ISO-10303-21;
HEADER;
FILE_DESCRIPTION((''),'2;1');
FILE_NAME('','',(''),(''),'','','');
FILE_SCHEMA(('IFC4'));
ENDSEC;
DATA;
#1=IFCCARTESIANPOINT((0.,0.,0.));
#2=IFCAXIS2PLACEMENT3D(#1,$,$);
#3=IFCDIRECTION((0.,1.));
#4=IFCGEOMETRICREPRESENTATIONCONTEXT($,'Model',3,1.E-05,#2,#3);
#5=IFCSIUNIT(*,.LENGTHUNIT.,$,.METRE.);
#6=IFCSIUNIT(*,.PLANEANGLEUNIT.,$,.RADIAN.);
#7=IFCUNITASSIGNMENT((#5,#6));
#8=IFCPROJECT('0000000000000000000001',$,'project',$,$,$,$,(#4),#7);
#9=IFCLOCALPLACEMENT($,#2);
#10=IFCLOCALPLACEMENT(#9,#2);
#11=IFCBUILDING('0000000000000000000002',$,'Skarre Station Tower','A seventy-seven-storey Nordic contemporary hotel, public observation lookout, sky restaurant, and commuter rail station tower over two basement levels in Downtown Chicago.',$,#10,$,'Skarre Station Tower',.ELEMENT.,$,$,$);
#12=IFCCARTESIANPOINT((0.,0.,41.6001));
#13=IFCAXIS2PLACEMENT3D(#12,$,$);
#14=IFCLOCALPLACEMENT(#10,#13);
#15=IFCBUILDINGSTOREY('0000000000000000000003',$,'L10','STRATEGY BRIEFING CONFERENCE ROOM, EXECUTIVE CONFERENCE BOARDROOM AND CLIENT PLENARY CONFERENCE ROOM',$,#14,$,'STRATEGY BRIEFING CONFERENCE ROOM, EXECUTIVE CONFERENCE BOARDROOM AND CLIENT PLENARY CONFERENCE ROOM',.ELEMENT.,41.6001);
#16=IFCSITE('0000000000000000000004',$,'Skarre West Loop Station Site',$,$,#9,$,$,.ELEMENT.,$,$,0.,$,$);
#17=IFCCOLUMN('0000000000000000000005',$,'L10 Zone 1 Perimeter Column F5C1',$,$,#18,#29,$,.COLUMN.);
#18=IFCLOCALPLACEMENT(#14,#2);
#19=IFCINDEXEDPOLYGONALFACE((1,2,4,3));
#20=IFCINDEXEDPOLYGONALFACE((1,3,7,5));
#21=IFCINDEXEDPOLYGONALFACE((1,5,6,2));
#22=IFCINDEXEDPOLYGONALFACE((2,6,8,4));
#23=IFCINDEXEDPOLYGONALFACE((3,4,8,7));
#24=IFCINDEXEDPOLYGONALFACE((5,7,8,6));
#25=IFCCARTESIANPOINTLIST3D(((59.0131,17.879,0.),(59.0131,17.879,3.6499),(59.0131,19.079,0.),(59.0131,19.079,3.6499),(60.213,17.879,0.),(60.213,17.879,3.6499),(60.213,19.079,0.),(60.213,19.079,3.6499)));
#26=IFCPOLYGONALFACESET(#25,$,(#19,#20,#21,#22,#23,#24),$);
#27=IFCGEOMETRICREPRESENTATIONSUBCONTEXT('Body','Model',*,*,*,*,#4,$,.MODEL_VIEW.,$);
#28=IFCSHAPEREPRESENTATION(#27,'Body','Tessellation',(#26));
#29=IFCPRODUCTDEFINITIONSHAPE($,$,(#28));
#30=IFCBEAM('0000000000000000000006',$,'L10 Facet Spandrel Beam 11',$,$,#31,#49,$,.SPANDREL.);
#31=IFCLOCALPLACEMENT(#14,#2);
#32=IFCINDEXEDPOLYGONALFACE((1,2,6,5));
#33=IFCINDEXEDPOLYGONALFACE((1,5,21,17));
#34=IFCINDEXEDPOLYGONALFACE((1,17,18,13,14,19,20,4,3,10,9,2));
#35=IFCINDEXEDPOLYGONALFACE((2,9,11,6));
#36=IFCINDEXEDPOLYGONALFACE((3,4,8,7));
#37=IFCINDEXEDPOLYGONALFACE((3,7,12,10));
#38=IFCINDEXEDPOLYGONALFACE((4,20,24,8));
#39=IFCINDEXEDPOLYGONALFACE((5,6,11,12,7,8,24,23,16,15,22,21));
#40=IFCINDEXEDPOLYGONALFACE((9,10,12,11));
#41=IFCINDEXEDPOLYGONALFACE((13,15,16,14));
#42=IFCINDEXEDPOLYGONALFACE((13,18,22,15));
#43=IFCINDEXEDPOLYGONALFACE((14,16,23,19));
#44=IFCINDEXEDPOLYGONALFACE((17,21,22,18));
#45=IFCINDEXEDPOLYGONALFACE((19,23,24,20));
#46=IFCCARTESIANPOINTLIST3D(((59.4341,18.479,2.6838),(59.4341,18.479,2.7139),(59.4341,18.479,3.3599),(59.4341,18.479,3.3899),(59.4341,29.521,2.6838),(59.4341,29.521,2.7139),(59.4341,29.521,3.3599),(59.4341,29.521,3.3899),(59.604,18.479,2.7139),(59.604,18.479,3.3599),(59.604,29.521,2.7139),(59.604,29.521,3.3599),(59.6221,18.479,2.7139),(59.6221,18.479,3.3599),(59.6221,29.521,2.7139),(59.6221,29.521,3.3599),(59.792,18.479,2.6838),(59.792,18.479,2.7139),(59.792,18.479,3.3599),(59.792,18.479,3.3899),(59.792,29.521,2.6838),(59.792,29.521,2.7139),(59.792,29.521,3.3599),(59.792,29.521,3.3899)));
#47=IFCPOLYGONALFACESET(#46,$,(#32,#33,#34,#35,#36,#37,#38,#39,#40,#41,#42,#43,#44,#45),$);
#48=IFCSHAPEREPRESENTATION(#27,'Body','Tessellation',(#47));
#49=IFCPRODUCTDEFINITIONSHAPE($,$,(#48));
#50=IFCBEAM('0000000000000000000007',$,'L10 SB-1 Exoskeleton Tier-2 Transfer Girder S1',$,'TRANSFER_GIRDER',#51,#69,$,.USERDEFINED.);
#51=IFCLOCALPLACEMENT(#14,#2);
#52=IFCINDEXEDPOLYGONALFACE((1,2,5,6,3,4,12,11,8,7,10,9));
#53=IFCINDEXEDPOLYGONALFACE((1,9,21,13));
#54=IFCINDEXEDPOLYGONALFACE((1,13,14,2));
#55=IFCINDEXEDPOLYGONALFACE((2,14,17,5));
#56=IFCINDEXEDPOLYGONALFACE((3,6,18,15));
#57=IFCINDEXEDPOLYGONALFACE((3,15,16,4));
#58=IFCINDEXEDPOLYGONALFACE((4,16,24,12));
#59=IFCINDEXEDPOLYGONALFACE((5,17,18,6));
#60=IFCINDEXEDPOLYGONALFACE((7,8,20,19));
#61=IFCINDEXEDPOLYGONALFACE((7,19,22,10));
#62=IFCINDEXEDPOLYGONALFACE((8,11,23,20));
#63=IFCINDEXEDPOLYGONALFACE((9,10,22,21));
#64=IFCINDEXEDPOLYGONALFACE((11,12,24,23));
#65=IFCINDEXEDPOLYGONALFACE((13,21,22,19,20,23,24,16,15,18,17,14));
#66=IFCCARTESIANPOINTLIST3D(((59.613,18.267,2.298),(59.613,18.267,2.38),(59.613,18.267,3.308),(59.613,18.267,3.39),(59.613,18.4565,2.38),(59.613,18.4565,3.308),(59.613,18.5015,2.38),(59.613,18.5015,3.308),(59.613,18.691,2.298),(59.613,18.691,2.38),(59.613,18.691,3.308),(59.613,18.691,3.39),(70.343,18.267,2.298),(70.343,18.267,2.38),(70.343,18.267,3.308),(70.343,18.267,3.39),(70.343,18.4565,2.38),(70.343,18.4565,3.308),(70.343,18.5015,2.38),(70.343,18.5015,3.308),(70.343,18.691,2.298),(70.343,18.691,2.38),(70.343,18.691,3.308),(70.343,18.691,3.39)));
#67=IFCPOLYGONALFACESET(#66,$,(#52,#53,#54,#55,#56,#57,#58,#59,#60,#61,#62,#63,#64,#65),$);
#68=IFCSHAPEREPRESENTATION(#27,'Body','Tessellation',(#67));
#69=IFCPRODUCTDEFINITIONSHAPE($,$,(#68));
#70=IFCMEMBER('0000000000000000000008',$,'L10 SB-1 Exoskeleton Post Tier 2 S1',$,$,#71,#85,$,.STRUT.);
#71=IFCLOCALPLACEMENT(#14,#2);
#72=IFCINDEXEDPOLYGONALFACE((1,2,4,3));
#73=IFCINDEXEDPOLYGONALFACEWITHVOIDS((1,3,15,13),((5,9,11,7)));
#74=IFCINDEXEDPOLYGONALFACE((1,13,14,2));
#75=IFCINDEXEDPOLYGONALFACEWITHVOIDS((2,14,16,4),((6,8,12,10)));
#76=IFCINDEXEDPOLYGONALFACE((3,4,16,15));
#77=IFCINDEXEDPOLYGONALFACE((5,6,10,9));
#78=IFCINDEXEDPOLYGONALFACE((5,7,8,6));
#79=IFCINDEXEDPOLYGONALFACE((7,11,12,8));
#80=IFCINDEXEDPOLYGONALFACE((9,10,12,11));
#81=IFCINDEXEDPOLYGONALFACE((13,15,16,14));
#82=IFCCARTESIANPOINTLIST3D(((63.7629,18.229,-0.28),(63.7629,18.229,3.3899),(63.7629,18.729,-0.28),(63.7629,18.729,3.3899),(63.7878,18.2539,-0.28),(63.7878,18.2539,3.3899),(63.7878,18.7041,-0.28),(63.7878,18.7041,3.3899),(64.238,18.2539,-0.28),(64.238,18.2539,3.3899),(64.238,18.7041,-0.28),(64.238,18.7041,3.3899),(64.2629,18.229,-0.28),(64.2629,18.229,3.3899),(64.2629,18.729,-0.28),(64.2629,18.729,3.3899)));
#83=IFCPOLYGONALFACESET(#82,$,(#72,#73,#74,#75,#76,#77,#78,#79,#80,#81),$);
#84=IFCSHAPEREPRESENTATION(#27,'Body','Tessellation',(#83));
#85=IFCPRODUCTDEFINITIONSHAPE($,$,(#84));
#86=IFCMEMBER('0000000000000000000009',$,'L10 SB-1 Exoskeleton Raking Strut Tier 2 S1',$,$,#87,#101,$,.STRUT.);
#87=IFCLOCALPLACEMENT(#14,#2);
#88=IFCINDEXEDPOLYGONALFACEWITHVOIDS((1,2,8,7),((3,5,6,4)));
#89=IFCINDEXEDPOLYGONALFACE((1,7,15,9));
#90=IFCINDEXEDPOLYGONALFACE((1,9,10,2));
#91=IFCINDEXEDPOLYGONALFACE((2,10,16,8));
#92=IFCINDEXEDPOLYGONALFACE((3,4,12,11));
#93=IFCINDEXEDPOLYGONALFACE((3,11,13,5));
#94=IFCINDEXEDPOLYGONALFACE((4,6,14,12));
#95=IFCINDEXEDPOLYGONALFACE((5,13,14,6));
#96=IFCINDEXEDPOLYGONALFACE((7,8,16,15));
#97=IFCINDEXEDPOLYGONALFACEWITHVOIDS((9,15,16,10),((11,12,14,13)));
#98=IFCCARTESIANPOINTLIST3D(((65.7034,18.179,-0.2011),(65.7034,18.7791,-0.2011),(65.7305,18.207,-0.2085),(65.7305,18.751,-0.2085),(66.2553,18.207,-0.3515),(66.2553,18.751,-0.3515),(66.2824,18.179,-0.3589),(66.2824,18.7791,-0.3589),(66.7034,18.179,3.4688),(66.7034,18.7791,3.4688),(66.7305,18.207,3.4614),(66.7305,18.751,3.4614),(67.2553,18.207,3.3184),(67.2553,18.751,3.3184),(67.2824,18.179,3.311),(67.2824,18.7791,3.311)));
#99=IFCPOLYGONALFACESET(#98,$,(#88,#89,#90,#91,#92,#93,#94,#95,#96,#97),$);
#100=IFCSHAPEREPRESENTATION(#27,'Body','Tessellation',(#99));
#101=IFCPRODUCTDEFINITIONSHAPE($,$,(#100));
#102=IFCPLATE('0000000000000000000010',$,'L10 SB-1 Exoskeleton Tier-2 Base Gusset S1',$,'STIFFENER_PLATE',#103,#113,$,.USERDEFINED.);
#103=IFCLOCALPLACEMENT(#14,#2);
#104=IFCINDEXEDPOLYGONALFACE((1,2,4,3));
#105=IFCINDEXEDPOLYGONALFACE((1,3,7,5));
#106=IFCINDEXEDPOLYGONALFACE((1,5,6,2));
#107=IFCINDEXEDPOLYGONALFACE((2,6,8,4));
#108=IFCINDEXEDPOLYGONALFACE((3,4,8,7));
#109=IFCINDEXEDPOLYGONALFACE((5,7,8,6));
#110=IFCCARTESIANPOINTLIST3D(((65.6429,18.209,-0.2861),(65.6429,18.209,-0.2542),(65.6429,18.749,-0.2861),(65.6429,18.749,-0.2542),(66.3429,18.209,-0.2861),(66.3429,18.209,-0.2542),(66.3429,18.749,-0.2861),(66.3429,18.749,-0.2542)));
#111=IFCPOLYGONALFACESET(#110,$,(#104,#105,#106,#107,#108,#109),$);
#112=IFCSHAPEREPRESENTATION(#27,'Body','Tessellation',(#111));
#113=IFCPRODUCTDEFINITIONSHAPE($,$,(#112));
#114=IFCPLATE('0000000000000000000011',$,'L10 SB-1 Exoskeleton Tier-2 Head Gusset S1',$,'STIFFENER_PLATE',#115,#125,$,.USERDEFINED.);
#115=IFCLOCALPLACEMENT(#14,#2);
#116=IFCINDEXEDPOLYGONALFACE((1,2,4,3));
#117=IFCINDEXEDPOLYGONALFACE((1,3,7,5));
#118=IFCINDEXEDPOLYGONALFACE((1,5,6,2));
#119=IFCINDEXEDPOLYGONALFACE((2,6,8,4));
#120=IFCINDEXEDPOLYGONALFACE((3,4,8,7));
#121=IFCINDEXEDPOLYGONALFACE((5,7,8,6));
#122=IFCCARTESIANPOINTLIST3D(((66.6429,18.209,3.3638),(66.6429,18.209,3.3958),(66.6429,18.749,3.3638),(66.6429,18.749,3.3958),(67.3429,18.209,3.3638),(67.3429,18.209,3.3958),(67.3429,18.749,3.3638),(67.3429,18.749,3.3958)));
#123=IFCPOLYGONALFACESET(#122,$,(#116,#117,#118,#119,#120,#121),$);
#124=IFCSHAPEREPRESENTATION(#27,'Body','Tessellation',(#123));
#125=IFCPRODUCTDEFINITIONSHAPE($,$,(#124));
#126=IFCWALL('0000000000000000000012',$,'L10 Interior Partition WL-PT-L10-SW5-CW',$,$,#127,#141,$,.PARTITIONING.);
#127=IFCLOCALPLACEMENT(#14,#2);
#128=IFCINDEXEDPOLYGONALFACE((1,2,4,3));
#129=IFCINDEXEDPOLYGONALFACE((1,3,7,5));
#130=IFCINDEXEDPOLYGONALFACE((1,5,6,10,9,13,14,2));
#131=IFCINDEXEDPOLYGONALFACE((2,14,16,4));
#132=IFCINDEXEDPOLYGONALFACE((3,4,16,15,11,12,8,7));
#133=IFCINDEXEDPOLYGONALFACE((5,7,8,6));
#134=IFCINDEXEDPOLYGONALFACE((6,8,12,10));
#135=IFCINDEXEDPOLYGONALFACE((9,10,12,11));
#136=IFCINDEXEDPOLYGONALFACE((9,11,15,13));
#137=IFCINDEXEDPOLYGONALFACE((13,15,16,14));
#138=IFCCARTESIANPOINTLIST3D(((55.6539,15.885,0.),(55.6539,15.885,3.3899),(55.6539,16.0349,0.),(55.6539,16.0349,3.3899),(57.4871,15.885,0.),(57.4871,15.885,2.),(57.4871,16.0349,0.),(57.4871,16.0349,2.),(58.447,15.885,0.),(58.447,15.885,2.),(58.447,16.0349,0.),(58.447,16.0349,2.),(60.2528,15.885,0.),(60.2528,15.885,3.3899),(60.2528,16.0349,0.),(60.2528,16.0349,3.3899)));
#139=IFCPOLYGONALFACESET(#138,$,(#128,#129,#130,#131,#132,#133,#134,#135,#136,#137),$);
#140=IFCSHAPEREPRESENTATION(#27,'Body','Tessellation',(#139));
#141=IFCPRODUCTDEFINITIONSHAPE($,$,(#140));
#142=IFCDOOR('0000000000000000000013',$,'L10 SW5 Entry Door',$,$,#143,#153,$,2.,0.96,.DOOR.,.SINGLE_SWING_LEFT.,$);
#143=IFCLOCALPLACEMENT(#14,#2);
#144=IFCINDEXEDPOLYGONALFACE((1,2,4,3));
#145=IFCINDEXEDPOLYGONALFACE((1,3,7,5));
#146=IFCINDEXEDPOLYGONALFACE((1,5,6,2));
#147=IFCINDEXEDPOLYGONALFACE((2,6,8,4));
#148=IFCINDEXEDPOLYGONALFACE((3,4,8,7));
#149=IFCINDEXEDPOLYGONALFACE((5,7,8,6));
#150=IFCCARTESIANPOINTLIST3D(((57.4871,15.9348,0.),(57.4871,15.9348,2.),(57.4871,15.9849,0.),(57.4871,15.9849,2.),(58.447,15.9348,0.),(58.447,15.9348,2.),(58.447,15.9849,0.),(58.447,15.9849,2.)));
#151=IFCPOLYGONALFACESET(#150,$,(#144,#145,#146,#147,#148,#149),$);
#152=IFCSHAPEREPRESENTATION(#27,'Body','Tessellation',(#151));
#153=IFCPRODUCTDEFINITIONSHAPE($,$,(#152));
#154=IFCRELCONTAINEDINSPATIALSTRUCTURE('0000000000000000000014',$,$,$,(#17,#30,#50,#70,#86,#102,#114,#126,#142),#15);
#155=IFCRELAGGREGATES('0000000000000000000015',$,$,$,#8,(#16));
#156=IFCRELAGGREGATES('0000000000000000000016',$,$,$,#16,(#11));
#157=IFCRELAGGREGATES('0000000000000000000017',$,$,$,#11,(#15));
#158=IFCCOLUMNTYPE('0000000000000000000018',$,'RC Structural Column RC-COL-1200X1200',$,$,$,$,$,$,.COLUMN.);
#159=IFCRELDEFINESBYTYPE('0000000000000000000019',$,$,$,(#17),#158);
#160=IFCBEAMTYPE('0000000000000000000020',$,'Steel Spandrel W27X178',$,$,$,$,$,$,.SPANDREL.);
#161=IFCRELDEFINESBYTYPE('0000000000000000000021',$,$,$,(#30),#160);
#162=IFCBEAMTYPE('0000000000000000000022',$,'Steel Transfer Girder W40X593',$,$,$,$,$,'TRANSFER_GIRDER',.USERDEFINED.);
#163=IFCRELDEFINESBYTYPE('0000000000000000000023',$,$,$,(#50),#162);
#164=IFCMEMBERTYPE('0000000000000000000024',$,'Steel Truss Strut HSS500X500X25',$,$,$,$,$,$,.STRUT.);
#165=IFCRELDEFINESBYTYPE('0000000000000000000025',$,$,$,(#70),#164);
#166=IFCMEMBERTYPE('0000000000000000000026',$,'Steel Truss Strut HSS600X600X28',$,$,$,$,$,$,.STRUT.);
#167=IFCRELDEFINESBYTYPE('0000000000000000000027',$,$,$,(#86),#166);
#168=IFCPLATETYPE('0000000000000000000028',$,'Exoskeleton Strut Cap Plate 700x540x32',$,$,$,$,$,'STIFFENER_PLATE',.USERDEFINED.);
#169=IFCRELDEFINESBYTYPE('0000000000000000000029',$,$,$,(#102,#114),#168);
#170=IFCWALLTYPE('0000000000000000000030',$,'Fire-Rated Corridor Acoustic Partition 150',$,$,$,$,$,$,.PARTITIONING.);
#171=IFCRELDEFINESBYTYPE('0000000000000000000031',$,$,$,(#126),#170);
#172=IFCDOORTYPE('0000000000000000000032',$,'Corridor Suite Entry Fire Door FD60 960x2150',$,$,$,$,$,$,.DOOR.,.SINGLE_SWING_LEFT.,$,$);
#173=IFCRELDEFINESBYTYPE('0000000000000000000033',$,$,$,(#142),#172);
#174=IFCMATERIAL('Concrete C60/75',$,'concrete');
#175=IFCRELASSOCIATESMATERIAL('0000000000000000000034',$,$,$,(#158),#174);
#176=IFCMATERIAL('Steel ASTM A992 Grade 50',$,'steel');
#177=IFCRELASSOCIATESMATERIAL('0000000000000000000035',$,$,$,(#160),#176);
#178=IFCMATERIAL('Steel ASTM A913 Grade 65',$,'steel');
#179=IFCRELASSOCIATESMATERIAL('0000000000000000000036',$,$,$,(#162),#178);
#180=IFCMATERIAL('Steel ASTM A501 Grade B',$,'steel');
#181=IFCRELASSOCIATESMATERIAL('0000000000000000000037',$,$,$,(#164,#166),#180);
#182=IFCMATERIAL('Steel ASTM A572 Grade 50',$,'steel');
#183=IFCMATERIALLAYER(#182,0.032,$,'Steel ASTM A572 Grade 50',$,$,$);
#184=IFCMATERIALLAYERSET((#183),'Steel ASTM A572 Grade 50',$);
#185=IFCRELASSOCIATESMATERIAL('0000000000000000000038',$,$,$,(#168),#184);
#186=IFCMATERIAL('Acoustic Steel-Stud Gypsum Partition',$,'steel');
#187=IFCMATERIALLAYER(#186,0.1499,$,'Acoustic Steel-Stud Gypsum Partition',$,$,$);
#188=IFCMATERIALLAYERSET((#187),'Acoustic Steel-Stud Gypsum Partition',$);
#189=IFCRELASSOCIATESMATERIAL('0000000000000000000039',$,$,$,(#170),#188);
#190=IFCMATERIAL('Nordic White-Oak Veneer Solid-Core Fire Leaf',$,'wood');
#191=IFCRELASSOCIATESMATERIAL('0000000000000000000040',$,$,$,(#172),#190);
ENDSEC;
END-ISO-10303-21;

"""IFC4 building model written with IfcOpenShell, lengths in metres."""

from ifc_helpers import new_model, si_unit, direction, frame, frame_2d, origin, origin_2d, place, context, subcontext, project, spatial, rectangle, hollow_rectangle, i_section, extrude, material, layer, layer_set, material_profile, profile_set, type_object, element, fill, save


model = new_model("IFC4")

# Units and contexts
model_context = context("Model", 3, precision=1e-05, world=origin(), true_north=direction((0.0, 1.0)))
body_context = subcontext(model_context, "Body", "Model", "MODEL_VIEW")
ifc_project = project(units=[si_unit("LENGTHUNIT", "METRE"), si_unit("PLANEANGLEUNIT", "RADIAN")], contexts=[model_context])

# Site, building, storey
site_placement = place(None, origin())
site = spatial("IfcSite", under=ifc_project, at=site_placement, Name="Skarre West Loop Station Site", CompositionType="ELEMENT", RefElevation=0.0)
building_placement = place(site_placement, origin())
building = spatial("IfcBuilding", under=site, at=building_placement, Name="Skarre Station Tower", Description="A seventy-seven-storey Nordic contemporary hotel, public observation lookout, sky restaurant, and commuter rail station tower over two basement levels in Downtown Chicago.", LongName="Skarre Station Tower", CompositionType="ELEMENT")
storey_placement = place(building_placement, frame((0.0, 0.0, 41.6001)))
storey = spatial("IfcBuildingStorey", under=building, at=storey_placement, Name="L10", Description="STRATEGY BRIEFING CONFERENCE ROOM, EXECUTIVE CONFERENCE BOARDROOM AND CLIENT PLENARY CONFERENCE ROOM", LongName="STRATEGY BRIEFING CONFERENCE ROOM, EXECUTIVE CONFERENCE BOARDROOM AND CLIENT PLENARY CONFERENCE ROOM", CompositionType="ELEMENT", Elevation=41.6001)

# Column
ifc_material_1 = material(Name="Concrete C60/75", Category="concrete")
ifc_material_profile_1 = material_profile(ifc_material_1, rectangle(XDim=1.2, YDim=1.2, at=origin_2d()), Name="Concrete C60/75")
ifc_profile_set_1 = profile_set([ifc_material_profile_1], Name="Concrete C60/75")
column_type = type_object("IfcColumnType", Name="RC Structural Column RC-COL-1200X1200", PredefinedType="COLUMN", material=ifc_profile_set_1)
column_placement = place(storey_placement, frame((59.613, 18.479, 0.0), z_axis=(0.0, 0.0, 1.0), x_axis=(1.0, 0.0, 0.0)))
element("IfcColumn", 1, at=column_placement, inside=storey, type_object=column_type, Name="L10 Zone 1 Perimeter Column F5C1", PredefinedType="COLUMN", context=body_context, shape_type="SweptSolid", body=[
    extrude(rectangle(XDim=1.2, YDim=1.2, at=origin_2d()), origin(), (0.0, 0.0, 1.0), 3.6499),
])

# Beams
ifc_material_2 = material(Name="Steel ASTM A992 Grade 50", Category="steel")
ifc_material_profile_2 = material_profile(ifc_material_2, i_section(OverallWidth=0.3579, OverallDepth=0.7061, WebThickness=0.0181, FlangeThickness=0.03, at=origin_2d()), Name="Steel ASTM A992 Grade 50")
ifc_profile_set_2 = profile_set([ifc_material_profile_2], Name="Steel ASTM A992 Grade 50")
beam_type_1 = type_object("IfcBeamType", Name="Steel Spandrel W27X178", PredefinedType="SPANDREL", material=ifc_profile_set_2)
beam_1_placement = place(storey_placement, frame((59.613, 18.479, 3.0369), z_axis=(0.0, 1.0, 0.0), x_axis=(-1.0, 0.0, 0.0)))
element("IfcBeam", 2, at=beam_1_placement, inside=storey, type_object=beam_type_1, Name="L10 Facet Spandrel Beam 11", PredefinedType="SPANDREL", context=body_context, shape_type="SweptSolid", body=[
    extrude(i_section(OverallWidth=0.3579, OverallDepth=0.7061, WebThickness=0.0181, FlangeThickness=0.03, at=origin_2d()), origin(), (0.0, 0.0, 1.0), 11.042),
])
ifc_material_3 = material(Name="Steel ASTM A913 Grade 65", Category="steel")
ifc_material_profile_3 = material_profile(ifc_material_3, i_section(OverallWidth=0.4241, OverallDepth=1.092, WebThickness=0.0449, FlangeThickness=0.082, at=origin_2d()), Name="Steel ASTM A913 Grade 65")
ifc_profile_set_3 = profile_set([ifc_material_profile_3], Name="Steel ASTM A913 Grade 65")
beam_type_2 = type_object("IfcBeamType", Name="Steel Transfer Girder W40X593", ElementType="TRANSFER_GIRDER", PredefinedType="USERDEFINED", material=ifc_profile_set_3)
beam_2_placement = place(storey_placement, frame((59.613, 18.479, 2.844), z_axis=(1.0, 0.0, 0.0), x_axis=(0.0, 1.0, 0.0)))
element("IfcBeam", 3, at=beam_2_placement, inside=storey, type_object=beam_type_2, Name="L10 SB-1 Exoskeleton Tier-2 Transfer Girder S1", ObjectType="TRANSFER_GIRDER", PredefinedType="USERDEFINED", context=body_context, shape_type="SweptSolid", body=[
    extrude(i_section(OverallWidth=0.4241, OverallDepth=1.092, WebThickness=0.0449, FlangeThickness=0.082, at=origin_2d()), origin(), (0.0, 0.0, 1.0), 10.73),
])

# Members
ifc_material_4 = material(Name="Steel ASTM A501 Grade B", Category="steel")
ifc_material_profile_4 = material_profile(ifc_material_4, hollow_rectangle(XDim=0.5, YDim=0.5, WallThickness=0.0249, at=origin_2d()), Name="Steel ASTM A501 Grade B")
ifc_profile_set_4 = profile_set([ifc_material_profile_4], Name="Steel ASTM A501 Grade B")
member_type_1 = type_object("IfcMemberType", Name="Steel Truss Strut HSS500X500X25", PredefinedType="STRUT", material=ifc_profile_set_4)
member_1_placement = place(storey_placement, frame((64.0129, 18.479, -0.28), z_axis=(0.0, 0.0, 1.0), x_axis=(1.0, 0.0, 0.0)))
element("IfcMember", 4, at=member_1_placement, inside=storey, type_object=member_type_1, Name="L10 SB-1 Exoskeleton Post Tier 2 S1", PredefinedType="STRUT", context=body_context, shape_type="SweptSolid", body=[
    extrude(hollow_rectangle(XDim=0.5, YDim=0.5, WallThickness=0.0249, at=origin_2d()), origin(), (0.0, 0.0, 1.0), 3.6699),
])
ifc_material_profile_5 = material_profile(ifc_material_4, hollow_rectangle(XDim=0.6001, YDim=0.6001, WallThickness=0.0281, at=origin_2d()), Name="Steel ASTM A501 Grade B")
ifc_profile_set_5 = profile_set([ifc_material_profile_5], Name="Steel ASTM A501 Grade B")
member_type_2 = type_object("IfcMemberType", Name="Steel Truss Strut HSS600X600X28", PredefinedType="STRUT", material=ifc_profile_set_5)
member_2_placement = place(storey_placement, frame((65.9929, 18.479, -0.28), z_axis=(0.2629, 0.0, 0.964823), x_axis=(0.0, 1.0, 0.0)))
element("IfcMember", 5, at=member_2_placement, inside=storey, type_object=member_type_2, Name="L10 SB-1 Exoskeleton Raking Strut Tier 2 S1", PredefinedType="STRUT", context=body_context, shape_type="SweptSolid", body=[
    extrude(hollow_rectangle(XDim=0.6001, YDim=0.6001, WallThickness=0.0281, at=origin_2d()), origin(), (0.0, 0.0, 1.0), 3.8037),
])

# Plates
ifc_material_5 = material(Name="Steel ASTM A572 Grade 50", Category="steel")
ifc_layer_1 = layer(ifc_material_5, 0.032, Name="Steel ASTM A572 Grade 50")
ifc_layer_set_1 = layer_set([ifc_layer_1], Name="Steel ASTM A572 Grade 50")
plate_type = type_object("IfcPlateType", Name="Exoskeleton Strut Cap Plate 700x540x32", ElementType="STIFFENER_PLATE", PredefinedType="USERDEFINED", material=ifc_layer_set_1)
for number, where, z_axis, x_axis, name in (
    (6, (65.9929, 18.479, -0.2861), (0.0, 0.0, 1.0), (1.0, 0.0, 0.0), "L10 SB-1 Exoskeleton Tier-2 Base Gusset S1"),
    (7, (66.9929, 18.479, 3.3638), (0.0, 0.0, 1.0), (1.0, 0.0, 0.0), "L10 SB-1 Exoskeleton Tier-2 Head Gusset S1"),
):
    element("IfcPlate", number, at=place(storey_placement, frame(where, z_axis=z_axis, x_axis=x_axis)), inside=storey, type_object=plate_type, Name=name, ObjectType="STIFFENER_PLATE", PredefinedType="USERDEFINED", context=body_context, shape_type="SweptSolid", body=[
        extrude(rectangle(XDim=0.7, YDim=0.54, at=origin_2d()), origin(), (0.0, 0.0, 1.0), 0.032),
    ])

# Wall, opening, door
ifc_material_6 = material(Name="Acoustic Steel-Stud Gypsum Partition", Category="steel")
ifc_layer_2 = layer(ifc_material_6, 0.1499, Name="Acoustic Steel-Stud Gypsum Partition")
ifc_layer_set_2 = layer_set([ifc_layer_2], Name="Acoustic Steel-Stud Gypsum Partition")
wall_type_1 = type_object("IfcWallType", Name="Fire-Rated Corridor Acoustic Partition 150", PredefinedType="PARTITIONING", material=ifc_layer_set_2)
wall_1_placement = place(storey_placement, frame((55.6541, 15.96, 0.0), z_axis=(0.0, 0.0, 1.0), x_axis=(1.0, 0.0, 0.0)))
wall_1 = element("IfcWall", 8, at=wall_1_placement, inside=storey, type_object=wall_type_1, Name="L10 Interior Partition WL-PT-L10-SW5-CW", PredefinedType="PARTITIONING", context=body_context, shape_type="SweptSolid", body=[
    extrude(rectangle(XDim=4.5989, YDim=0.1499, at=frame_2d((2.2993, 0.0))), origin(), (0.0, 0.0, 1.0), 3.3899),
])
opening_1_placement = place(wall_1_placement, frame((1.833, 0.0, 0.0)))
opening_1 = element("IfcOpeningElement", 9, at=opening_1_placement, cuts=wall_1, PredefinedType="OPENING", context=body_context, shape_type="SweptSolid", body=[
    extrude(rectangle(XDim=0.96, YDim=2.0, at=frame_2d((0.48, 1.0))), frame((0.0, 0.085, 0.0), z_axis=(0.0, -1.0, 0.0), x_axis=(1.0, 0.0, 0.0)), (0.0, 0.0, 1.0), 0.1699),
])
ifc_material_7 = material(Name="Nordic White-Oak Veneer Solid-Core Fire Leaf", Category="wood")
door_type = type_object("IfcDoorType", Name="Corridor Suite Entry Fire Door FD60 960x2150", OperationType="SINGLE_SWING_LEFT", PredefinedType="DOOR", material=ifc_material_7)
door_placement = place(opening_1_placement, origin())
door = element("IfcDoor", 10, at=door_placement, inside=storey, type_object=door_type, Name="L10 SW5 Entry Door", OperationType="SINGLE_SWING_LEFT", OverallHeight=2.0, OverallWidth=0.96, PredefinedType="DOOR", context=body_context, shape_type="SweptSolid", body=[
    extrude(rectangle(XDim=0.96, YDim=2.0, at=frame_2d((0.48, 1.0))), frame((0.0, 0.0249, 0.0), z_axis=(0.0, -1.0, 0.0), x_axis=(1.0, 0.0, 0.0)), (0.0, 0.0, 1.0), 0.05),
])
fill(opening_1, door)

save(model, "model.ifc")
